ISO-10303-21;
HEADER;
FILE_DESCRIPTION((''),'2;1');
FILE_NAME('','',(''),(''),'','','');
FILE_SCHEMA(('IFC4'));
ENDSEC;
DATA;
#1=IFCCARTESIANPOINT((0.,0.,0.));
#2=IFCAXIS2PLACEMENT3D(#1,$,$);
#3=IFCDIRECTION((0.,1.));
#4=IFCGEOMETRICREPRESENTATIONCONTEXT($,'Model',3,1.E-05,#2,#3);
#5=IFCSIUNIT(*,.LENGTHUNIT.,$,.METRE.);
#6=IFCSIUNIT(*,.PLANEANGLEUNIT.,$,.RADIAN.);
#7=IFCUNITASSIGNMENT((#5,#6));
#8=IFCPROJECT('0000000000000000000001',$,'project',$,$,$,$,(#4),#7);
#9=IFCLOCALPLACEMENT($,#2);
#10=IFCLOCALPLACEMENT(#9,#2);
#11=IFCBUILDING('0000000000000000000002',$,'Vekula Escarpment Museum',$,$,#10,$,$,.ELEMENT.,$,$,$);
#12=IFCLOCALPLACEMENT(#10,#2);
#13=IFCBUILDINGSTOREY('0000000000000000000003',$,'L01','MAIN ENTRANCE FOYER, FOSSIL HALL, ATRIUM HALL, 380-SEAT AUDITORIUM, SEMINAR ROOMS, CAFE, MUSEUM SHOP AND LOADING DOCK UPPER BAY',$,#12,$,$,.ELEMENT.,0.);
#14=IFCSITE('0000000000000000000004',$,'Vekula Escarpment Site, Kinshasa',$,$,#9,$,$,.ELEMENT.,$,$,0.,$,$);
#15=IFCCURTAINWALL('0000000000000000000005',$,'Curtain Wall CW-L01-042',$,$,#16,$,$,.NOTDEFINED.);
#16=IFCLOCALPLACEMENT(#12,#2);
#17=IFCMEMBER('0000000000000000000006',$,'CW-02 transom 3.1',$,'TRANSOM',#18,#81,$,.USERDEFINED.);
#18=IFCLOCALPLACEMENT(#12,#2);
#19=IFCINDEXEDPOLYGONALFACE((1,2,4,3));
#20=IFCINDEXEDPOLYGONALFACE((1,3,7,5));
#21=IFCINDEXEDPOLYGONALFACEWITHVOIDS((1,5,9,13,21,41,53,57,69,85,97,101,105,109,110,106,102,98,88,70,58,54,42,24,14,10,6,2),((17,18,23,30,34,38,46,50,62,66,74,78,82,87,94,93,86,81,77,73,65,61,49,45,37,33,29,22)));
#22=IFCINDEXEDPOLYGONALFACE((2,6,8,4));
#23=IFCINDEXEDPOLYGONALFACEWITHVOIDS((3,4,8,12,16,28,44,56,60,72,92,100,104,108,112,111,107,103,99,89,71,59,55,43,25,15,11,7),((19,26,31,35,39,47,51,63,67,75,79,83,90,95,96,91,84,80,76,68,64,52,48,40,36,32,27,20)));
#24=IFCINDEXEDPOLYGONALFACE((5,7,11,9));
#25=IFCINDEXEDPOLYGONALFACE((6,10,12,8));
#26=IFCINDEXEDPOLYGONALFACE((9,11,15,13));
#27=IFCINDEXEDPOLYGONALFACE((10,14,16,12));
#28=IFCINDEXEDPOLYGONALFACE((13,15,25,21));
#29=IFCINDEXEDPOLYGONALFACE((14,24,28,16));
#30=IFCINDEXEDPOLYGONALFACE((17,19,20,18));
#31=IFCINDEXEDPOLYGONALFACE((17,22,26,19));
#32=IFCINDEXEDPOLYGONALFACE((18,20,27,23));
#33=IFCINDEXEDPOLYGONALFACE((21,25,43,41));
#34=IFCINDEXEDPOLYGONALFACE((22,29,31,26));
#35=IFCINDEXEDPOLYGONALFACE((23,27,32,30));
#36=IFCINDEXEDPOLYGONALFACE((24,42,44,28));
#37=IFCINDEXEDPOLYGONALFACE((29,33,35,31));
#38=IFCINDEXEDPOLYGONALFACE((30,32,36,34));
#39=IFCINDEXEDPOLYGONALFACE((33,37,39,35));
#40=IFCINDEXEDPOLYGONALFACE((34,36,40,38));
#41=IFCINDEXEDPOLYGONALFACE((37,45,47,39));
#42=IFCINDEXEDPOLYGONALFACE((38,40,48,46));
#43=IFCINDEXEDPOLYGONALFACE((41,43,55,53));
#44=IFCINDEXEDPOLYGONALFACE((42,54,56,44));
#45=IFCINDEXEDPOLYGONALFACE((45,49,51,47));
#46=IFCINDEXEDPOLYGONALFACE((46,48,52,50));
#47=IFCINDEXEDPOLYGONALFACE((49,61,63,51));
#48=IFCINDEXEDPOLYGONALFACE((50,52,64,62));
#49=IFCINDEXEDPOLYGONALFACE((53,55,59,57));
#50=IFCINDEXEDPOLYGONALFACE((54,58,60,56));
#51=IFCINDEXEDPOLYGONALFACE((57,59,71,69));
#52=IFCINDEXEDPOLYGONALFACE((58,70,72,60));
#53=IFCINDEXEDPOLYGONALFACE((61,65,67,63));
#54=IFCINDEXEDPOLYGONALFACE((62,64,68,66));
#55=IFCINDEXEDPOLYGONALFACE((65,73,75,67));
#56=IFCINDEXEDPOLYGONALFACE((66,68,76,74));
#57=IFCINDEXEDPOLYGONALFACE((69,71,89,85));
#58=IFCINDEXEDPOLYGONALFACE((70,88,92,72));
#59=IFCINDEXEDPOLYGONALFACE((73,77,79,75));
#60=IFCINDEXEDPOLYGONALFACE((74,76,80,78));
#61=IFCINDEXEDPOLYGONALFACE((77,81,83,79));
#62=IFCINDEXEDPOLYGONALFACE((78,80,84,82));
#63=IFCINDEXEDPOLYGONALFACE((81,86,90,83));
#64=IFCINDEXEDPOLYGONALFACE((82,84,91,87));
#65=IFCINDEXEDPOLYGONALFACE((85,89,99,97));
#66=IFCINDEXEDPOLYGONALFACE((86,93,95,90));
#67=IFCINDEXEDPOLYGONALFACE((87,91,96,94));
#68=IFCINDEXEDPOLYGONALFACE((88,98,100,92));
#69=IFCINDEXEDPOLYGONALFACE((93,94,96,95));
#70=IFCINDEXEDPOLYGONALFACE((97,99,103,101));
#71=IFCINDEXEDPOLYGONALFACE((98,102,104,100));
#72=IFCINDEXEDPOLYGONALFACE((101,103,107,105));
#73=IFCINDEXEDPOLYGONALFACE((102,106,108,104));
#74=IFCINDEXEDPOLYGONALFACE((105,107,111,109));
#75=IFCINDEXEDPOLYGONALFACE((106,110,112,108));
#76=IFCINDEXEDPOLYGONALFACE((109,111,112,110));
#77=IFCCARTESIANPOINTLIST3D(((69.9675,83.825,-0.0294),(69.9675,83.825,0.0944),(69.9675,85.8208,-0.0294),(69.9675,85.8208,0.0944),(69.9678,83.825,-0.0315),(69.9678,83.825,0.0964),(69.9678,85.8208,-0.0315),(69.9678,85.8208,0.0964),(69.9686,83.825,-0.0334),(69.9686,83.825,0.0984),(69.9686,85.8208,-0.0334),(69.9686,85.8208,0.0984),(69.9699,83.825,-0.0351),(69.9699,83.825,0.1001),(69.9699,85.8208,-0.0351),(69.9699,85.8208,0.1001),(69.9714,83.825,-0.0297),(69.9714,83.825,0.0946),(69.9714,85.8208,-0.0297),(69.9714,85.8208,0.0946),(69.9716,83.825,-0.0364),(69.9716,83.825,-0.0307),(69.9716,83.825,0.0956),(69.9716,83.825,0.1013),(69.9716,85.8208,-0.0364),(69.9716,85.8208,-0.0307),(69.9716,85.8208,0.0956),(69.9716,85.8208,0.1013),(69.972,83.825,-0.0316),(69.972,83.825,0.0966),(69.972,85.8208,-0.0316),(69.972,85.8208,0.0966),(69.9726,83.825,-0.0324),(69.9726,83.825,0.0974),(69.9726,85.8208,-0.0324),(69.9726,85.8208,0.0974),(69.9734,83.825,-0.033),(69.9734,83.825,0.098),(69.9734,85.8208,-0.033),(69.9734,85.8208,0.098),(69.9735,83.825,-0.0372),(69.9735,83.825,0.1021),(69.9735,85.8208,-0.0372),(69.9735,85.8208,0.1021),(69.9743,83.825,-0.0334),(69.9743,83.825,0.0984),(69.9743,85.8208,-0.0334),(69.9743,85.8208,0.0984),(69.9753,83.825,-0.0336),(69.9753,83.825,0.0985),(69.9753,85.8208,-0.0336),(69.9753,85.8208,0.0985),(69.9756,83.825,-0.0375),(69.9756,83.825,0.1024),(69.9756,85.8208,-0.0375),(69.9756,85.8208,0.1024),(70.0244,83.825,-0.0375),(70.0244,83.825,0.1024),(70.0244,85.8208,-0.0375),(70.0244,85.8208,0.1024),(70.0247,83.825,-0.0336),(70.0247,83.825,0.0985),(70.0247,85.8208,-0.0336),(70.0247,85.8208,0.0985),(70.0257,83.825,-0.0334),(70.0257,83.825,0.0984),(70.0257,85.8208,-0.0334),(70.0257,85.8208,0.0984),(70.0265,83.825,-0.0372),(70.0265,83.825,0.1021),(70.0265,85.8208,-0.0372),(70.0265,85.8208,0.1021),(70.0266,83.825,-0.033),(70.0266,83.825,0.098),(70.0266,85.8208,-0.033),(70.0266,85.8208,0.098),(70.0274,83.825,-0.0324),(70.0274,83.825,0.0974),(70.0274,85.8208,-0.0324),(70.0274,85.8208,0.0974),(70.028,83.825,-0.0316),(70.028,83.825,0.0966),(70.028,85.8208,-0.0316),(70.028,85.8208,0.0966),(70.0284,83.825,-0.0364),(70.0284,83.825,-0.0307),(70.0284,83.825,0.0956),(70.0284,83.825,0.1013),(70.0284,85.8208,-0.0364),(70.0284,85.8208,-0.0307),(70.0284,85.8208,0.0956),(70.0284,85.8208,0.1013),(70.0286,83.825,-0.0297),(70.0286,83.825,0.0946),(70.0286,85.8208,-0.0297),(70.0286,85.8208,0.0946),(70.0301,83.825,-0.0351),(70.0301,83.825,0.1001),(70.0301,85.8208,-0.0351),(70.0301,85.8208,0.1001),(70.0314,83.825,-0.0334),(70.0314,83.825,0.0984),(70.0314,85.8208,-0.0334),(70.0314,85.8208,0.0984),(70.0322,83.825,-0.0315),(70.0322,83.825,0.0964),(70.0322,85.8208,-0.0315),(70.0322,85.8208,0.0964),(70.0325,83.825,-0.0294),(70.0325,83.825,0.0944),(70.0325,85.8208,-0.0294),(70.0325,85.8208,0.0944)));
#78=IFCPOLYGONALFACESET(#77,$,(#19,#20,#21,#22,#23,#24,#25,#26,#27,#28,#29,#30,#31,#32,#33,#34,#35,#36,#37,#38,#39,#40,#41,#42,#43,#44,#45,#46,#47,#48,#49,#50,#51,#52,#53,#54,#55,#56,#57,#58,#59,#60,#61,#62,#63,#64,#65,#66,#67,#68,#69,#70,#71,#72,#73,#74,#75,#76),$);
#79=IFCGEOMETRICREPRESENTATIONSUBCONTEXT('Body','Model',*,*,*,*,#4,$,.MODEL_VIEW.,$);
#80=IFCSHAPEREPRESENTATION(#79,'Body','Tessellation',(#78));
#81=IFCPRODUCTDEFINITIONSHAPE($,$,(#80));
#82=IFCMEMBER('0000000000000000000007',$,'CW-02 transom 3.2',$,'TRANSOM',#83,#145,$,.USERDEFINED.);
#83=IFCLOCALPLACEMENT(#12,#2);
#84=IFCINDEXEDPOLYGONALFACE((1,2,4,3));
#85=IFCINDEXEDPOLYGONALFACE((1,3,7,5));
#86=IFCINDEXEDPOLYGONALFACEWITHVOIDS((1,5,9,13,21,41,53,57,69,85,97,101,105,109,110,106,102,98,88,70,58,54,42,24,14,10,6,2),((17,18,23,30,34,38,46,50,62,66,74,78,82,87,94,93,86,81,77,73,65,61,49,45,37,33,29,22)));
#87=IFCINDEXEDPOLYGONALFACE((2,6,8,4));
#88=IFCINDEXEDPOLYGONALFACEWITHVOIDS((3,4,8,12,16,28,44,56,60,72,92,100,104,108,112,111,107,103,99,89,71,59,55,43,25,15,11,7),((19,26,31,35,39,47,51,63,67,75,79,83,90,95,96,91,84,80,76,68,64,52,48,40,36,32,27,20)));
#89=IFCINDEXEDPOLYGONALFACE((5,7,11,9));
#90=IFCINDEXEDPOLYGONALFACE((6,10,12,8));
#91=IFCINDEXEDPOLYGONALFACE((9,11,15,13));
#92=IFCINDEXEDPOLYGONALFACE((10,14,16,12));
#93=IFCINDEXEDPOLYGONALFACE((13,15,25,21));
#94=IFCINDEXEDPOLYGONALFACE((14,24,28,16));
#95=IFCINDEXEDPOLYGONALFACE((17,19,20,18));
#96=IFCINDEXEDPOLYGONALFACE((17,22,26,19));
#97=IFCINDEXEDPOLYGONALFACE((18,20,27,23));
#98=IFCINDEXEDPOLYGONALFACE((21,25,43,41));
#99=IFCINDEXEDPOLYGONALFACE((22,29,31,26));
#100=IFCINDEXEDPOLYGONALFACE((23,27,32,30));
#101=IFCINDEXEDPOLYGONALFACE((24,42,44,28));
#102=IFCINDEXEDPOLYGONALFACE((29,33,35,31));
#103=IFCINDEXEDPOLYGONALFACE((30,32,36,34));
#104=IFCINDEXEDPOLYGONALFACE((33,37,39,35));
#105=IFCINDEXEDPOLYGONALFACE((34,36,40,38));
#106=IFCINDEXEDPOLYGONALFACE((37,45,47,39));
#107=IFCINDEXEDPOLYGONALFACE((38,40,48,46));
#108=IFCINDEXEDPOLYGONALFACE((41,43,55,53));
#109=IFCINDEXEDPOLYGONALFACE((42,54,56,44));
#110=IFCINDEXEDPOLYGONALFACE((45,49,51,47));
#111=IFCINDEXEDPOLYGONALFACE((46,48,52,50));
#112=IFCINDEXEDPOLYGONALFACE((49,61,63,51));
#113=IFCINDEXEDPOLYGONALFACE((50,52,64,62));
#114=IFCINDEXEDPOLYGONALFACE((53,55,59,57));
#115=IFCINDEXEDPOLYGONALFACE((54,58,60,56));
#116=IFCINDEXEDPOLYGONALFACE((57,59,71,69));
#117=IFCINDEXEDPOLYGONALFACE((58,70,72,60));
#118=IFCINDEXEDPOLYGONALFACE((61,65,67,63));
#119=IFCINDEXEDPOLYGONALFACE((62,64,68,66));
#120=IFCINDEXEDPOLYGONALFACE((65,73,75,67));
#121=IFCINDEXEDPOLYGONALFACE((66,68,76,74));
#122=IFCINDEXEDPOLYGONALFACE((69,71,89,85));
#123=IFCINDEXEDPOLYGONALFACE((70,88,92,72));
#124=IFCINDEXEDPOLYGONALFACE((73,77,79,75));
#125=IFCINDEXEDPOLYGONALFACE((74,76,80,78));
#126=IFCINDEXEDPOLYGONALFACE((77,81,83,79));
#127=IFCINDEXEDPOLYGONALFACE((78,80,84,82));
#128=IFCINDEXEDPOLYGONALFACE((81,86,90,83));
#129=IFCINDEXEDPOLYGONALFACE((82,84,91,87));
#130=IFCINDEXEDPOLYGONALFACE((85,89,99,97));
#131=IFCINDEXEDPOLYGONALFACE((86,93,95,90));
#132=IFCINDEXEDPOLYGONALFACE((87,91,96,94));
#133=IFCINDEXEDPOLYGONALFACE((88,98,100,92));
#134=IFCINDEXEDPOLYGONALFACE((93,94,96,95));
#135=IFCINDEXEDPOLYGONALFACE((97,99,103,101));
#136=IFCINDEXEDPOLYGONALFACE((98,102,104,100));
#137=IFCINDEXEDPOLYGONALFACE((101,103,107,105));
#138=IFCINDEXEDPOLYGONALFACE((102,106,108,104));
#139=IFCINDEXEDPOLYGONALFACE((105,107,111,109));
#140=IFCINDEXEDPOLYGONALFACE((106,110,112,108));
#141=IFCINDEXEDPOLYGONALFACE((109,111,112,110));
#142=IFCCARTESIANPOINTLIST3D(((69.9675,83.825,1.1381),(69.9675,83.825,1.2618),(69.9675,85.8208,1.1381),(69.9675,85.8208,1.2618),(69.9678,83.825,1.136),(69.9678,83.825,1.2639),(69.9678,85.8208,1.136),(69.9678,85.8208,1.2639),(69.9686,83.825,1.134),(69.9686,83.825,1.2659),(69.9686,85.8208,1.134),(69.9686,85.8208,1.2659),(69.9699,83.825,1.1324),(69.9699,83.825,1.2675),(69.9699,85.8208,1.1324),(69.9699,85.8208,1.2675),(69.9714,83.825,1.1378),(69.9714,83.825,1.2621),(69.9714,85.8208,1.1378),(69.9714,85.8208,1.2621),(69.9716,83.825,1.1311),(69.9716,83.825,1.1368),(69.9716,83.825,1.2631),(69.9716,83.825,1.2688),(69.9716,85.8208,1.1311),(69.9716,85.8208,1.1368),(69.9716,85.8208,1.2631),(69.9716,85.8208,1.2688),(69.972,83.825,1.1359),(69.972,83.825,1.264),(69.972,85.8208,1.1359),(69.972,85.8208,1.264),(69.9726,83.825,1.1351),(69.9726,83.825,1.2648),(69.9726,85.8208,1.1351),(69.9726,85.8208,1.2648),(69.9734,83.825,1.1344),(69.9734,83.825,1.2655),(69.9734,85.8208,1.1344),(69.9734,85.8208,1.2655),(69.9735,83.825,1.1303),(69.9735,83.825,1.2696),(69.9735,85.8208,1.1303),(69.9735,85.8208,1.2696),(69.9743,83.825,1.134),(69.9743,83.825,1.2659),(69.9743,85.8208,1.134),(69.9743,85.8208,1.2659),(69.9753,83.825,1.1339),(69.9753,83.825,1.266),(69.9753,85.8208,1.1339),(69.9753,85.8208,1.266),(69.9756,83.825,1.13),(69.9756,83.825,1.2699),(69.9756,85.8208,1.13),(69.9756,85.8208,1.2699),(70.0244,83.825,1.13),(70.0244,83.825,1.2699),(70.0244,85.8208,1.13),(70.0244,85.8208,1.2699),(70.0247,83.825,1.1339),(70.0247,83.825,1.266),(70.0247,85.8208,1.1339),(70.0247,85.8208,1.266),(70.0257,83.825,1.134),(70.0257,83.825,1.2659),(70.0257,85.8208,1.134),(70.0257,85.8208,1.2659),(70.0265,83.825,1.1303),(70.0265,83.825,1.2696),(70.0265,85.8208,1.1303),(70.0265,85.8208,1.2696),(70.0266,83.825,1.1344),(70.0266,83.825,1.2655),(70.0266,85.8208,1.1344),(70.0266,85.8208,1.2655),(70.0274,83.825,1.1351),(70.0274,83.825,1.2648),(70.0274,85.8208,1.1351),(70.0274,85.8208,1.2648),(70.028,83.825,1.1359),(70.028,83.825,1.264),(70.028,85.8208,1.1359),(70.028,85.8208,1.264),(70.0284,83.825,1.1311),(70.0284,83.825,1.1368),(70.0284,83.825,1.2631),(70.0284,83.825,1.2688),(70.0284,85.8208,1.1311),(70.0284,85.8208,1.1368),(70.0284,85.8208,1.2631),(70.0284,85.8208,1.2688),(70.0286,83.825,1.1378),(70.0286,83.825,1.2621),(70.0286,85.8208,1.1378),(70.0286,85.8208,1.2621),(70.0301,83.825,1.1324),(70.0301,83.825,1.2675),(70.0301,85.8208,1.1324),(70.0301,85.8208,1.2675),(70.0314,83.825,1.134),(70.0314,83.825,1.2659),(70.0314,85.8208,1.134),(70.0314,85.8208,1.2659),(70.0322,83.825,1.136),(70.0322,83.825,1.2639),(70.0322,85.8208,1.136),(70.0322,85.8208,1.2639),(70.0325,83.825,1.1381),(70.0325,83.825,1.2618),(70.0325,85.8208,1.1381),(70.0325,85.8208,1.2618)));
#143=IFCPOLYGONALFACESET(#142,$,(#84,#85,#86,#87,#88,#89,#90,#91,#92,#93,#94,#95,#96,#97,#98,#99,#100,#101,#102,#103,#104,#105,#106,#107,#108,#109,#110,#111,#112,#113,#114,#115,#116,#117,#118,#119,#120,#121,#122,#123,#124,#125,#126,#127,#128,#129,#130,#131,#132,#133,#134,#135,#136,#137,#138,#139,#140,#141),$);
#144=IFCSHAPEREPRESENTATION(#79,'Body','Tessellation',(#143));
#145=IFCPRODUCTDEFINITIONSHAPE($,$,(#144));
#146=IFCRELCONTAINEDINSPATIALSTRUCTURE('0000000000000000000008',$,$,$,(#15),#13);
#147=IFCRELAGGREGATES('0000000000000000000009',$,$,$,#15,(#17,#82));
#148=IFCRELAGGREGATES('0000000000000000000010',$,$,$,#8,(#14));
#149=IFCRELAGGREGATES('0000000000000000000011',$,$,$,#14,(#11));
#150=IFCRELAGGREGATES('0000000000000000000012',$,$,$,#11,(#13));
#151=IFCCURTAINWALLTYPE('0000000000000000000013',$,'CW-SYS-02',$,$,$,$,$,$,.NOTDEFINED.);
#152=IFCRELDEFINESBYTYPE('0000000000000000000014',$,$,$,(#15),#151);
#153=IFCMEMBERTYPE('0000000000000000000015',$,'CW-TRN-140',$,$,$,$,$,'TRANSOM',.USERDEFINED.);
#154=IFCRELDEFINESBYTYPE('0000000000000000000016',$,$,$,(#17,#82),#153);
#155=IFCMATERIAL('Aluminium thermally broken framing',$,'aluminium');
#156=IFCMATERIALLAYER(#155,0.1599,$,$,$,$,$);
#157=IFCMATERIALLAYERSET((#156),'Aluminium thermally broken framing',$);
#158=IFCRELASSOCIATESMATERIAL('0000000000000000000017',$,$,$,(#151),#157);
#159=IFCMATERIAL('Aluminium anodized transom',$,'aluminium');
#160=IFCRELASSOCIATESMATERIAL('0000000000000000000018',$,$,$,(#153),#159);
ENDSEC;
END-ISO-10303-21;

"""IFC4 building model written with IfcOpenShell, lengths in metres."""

from ifc_helpers import new_model, si_unit, direction, frame, origin, origin_2d, place, context, subcontext, project, spatial, hollow_rectangle, extrude, material, layer, layer_set, material_profile, profile_set, type_object, element, aggregate, save


model = new_model("IFC4")

# Units and contexts
model_context = context("Model", 3, precision=1e-05, world=origin(), true_north=direction((0.0, 1.0)))
body_context = subcontext(model_context, "Body", "Model", "MODEL_VIEW")
ifc_project = project(units=[si_unit("LENGTHUNIT", "METRE"), si_unit("PLANEANGLEUNIT", "RADIAN")], contexts=[model_context])

# Site, building, storey
site_placement = place(None, origin())
site = spatial("IfcSite", under=ifc_project, at=site_placement, Name="Vekula Escarpment Site, Kinshasa", CompositionType="ELEMENT", RefElevation=0.0)
building_placement = place(site_placement, origin())
building = spatial("IfcBuilding", under=site, at=building_placement, Name="Vekula Escarpment Museum", CompositionType="ELEMENT")
storey_placement = place(building_placement, origin())
storey = spatial("IfcBuildingStorey", under=building, at=storey_placement, Name="L01", Description="MAIN ENTRANCE FOYER, FOSSIL HALL, ATRIUM HALL, 380-SEAT AUDITORIUM, SEMINAR ROOMS, CAFE, MUSEUM SHOP AND LOADING DOCK UPPER BAY", CompositionType="ELEMENT", Elevation=0.0)

# Curtain wall, members
ifc_material_1 = material(Name="Aluminium thermally broken framing", Category="aluminium")
ifc_layer_1 = layer(ifc_material_1, 0.1599)
ifc_layer_set_1 = layer_set([ifc_layer_1], Name="Aluminium thermally broken framing")
curtain_wall_type = type_object("IfcCurtainWallType", Name="CW-SYS-02", PredefinedType="NOTDEFINED", material=ifc_layer_set_1)
curtain_wall_placement = place(storey_placement, origin())
curtain_wall = element("IfcCurtainWall", 1, at=curtain_wall_placement, inside=storey, type_object=curtain_wall_type, Name="Curtain Wall CW-L01-042", PredefinedType="NOTDEFINED")
ifc_material_2 = material(Name="Aluminium anodized transom", Category="aluminium")
ifc_material_profile_1 = material_profile(ifc_material_2, hollow_rectangle(XDim=0.0649, YDim=0.1399, WallThickness=0.0039, InnerFilletRadius=0.0039, OuterFilletRadius=0.0081, at=origin_2d()), Name="ALU 140x65x4")
ifc_profile_set_1 = profile_set([ifc_material_profile_1], Name="Aluminium anodized transom")
member_type_1 = type_object("IfcMemberType", Name="CW-TRN-140", ElementType="TRANSOM", PredefinedType="USERDEFINED", material=ifc_profile_set_1)
member_1_placement = place(storey_placement, frame((70.0, 85.8208, 0.0325), z_axis=(0.0, -1.0, 0.0), x_axis=(1.0, 0.0, 0.0)))
member_1 = element("IfcMember", 2, at=member_1_placement, type_object=member_type_1, Name="CW-02 transom 3.1", ObjectType="TRANSOM", PredefinedType="USERDEFINED", context=body_context, shape_type="SweptSolid", body=[
    extrude(hollow_rectangle(XDim=0.0649, YDim=0.1399, WallThickness=0.0039, InnerFilletRadius=0.0039, OuterFilletRadius=0.0081, at=origin_2d()), origin(), (0.0, 0.0, 1.0), 1.9958),
])
member_2_placement = place(storey_placement, frame((70.0, 85.8208, 1.2), z_axis=(0.0, -1.0, 0.0), x_axis=(1.0, 0.0, 0.0)))
member_2 = element("IfcMember", 3, at=member_2_placement, type_object=member_type_1, Name="CW-02 transom 3.2", ObjectType="TRANSOM", PredefinedType="USERDEFINED", context=body_context, shape_type="SweptSolid", body=[
    extrude(hollow_rectangle(XDim=0.0649, YDim=0.1399, WallThickness=0.0039, InnerFilletRadius=0.0039, OuterFilletRadius=0.0081, at=origin_2d()), origin(), (0.0, 0.0, 1.0), 1.9958),
])

aggregate(curtain_wall, [member_1, member_2])

save(model, "model.ifc")
